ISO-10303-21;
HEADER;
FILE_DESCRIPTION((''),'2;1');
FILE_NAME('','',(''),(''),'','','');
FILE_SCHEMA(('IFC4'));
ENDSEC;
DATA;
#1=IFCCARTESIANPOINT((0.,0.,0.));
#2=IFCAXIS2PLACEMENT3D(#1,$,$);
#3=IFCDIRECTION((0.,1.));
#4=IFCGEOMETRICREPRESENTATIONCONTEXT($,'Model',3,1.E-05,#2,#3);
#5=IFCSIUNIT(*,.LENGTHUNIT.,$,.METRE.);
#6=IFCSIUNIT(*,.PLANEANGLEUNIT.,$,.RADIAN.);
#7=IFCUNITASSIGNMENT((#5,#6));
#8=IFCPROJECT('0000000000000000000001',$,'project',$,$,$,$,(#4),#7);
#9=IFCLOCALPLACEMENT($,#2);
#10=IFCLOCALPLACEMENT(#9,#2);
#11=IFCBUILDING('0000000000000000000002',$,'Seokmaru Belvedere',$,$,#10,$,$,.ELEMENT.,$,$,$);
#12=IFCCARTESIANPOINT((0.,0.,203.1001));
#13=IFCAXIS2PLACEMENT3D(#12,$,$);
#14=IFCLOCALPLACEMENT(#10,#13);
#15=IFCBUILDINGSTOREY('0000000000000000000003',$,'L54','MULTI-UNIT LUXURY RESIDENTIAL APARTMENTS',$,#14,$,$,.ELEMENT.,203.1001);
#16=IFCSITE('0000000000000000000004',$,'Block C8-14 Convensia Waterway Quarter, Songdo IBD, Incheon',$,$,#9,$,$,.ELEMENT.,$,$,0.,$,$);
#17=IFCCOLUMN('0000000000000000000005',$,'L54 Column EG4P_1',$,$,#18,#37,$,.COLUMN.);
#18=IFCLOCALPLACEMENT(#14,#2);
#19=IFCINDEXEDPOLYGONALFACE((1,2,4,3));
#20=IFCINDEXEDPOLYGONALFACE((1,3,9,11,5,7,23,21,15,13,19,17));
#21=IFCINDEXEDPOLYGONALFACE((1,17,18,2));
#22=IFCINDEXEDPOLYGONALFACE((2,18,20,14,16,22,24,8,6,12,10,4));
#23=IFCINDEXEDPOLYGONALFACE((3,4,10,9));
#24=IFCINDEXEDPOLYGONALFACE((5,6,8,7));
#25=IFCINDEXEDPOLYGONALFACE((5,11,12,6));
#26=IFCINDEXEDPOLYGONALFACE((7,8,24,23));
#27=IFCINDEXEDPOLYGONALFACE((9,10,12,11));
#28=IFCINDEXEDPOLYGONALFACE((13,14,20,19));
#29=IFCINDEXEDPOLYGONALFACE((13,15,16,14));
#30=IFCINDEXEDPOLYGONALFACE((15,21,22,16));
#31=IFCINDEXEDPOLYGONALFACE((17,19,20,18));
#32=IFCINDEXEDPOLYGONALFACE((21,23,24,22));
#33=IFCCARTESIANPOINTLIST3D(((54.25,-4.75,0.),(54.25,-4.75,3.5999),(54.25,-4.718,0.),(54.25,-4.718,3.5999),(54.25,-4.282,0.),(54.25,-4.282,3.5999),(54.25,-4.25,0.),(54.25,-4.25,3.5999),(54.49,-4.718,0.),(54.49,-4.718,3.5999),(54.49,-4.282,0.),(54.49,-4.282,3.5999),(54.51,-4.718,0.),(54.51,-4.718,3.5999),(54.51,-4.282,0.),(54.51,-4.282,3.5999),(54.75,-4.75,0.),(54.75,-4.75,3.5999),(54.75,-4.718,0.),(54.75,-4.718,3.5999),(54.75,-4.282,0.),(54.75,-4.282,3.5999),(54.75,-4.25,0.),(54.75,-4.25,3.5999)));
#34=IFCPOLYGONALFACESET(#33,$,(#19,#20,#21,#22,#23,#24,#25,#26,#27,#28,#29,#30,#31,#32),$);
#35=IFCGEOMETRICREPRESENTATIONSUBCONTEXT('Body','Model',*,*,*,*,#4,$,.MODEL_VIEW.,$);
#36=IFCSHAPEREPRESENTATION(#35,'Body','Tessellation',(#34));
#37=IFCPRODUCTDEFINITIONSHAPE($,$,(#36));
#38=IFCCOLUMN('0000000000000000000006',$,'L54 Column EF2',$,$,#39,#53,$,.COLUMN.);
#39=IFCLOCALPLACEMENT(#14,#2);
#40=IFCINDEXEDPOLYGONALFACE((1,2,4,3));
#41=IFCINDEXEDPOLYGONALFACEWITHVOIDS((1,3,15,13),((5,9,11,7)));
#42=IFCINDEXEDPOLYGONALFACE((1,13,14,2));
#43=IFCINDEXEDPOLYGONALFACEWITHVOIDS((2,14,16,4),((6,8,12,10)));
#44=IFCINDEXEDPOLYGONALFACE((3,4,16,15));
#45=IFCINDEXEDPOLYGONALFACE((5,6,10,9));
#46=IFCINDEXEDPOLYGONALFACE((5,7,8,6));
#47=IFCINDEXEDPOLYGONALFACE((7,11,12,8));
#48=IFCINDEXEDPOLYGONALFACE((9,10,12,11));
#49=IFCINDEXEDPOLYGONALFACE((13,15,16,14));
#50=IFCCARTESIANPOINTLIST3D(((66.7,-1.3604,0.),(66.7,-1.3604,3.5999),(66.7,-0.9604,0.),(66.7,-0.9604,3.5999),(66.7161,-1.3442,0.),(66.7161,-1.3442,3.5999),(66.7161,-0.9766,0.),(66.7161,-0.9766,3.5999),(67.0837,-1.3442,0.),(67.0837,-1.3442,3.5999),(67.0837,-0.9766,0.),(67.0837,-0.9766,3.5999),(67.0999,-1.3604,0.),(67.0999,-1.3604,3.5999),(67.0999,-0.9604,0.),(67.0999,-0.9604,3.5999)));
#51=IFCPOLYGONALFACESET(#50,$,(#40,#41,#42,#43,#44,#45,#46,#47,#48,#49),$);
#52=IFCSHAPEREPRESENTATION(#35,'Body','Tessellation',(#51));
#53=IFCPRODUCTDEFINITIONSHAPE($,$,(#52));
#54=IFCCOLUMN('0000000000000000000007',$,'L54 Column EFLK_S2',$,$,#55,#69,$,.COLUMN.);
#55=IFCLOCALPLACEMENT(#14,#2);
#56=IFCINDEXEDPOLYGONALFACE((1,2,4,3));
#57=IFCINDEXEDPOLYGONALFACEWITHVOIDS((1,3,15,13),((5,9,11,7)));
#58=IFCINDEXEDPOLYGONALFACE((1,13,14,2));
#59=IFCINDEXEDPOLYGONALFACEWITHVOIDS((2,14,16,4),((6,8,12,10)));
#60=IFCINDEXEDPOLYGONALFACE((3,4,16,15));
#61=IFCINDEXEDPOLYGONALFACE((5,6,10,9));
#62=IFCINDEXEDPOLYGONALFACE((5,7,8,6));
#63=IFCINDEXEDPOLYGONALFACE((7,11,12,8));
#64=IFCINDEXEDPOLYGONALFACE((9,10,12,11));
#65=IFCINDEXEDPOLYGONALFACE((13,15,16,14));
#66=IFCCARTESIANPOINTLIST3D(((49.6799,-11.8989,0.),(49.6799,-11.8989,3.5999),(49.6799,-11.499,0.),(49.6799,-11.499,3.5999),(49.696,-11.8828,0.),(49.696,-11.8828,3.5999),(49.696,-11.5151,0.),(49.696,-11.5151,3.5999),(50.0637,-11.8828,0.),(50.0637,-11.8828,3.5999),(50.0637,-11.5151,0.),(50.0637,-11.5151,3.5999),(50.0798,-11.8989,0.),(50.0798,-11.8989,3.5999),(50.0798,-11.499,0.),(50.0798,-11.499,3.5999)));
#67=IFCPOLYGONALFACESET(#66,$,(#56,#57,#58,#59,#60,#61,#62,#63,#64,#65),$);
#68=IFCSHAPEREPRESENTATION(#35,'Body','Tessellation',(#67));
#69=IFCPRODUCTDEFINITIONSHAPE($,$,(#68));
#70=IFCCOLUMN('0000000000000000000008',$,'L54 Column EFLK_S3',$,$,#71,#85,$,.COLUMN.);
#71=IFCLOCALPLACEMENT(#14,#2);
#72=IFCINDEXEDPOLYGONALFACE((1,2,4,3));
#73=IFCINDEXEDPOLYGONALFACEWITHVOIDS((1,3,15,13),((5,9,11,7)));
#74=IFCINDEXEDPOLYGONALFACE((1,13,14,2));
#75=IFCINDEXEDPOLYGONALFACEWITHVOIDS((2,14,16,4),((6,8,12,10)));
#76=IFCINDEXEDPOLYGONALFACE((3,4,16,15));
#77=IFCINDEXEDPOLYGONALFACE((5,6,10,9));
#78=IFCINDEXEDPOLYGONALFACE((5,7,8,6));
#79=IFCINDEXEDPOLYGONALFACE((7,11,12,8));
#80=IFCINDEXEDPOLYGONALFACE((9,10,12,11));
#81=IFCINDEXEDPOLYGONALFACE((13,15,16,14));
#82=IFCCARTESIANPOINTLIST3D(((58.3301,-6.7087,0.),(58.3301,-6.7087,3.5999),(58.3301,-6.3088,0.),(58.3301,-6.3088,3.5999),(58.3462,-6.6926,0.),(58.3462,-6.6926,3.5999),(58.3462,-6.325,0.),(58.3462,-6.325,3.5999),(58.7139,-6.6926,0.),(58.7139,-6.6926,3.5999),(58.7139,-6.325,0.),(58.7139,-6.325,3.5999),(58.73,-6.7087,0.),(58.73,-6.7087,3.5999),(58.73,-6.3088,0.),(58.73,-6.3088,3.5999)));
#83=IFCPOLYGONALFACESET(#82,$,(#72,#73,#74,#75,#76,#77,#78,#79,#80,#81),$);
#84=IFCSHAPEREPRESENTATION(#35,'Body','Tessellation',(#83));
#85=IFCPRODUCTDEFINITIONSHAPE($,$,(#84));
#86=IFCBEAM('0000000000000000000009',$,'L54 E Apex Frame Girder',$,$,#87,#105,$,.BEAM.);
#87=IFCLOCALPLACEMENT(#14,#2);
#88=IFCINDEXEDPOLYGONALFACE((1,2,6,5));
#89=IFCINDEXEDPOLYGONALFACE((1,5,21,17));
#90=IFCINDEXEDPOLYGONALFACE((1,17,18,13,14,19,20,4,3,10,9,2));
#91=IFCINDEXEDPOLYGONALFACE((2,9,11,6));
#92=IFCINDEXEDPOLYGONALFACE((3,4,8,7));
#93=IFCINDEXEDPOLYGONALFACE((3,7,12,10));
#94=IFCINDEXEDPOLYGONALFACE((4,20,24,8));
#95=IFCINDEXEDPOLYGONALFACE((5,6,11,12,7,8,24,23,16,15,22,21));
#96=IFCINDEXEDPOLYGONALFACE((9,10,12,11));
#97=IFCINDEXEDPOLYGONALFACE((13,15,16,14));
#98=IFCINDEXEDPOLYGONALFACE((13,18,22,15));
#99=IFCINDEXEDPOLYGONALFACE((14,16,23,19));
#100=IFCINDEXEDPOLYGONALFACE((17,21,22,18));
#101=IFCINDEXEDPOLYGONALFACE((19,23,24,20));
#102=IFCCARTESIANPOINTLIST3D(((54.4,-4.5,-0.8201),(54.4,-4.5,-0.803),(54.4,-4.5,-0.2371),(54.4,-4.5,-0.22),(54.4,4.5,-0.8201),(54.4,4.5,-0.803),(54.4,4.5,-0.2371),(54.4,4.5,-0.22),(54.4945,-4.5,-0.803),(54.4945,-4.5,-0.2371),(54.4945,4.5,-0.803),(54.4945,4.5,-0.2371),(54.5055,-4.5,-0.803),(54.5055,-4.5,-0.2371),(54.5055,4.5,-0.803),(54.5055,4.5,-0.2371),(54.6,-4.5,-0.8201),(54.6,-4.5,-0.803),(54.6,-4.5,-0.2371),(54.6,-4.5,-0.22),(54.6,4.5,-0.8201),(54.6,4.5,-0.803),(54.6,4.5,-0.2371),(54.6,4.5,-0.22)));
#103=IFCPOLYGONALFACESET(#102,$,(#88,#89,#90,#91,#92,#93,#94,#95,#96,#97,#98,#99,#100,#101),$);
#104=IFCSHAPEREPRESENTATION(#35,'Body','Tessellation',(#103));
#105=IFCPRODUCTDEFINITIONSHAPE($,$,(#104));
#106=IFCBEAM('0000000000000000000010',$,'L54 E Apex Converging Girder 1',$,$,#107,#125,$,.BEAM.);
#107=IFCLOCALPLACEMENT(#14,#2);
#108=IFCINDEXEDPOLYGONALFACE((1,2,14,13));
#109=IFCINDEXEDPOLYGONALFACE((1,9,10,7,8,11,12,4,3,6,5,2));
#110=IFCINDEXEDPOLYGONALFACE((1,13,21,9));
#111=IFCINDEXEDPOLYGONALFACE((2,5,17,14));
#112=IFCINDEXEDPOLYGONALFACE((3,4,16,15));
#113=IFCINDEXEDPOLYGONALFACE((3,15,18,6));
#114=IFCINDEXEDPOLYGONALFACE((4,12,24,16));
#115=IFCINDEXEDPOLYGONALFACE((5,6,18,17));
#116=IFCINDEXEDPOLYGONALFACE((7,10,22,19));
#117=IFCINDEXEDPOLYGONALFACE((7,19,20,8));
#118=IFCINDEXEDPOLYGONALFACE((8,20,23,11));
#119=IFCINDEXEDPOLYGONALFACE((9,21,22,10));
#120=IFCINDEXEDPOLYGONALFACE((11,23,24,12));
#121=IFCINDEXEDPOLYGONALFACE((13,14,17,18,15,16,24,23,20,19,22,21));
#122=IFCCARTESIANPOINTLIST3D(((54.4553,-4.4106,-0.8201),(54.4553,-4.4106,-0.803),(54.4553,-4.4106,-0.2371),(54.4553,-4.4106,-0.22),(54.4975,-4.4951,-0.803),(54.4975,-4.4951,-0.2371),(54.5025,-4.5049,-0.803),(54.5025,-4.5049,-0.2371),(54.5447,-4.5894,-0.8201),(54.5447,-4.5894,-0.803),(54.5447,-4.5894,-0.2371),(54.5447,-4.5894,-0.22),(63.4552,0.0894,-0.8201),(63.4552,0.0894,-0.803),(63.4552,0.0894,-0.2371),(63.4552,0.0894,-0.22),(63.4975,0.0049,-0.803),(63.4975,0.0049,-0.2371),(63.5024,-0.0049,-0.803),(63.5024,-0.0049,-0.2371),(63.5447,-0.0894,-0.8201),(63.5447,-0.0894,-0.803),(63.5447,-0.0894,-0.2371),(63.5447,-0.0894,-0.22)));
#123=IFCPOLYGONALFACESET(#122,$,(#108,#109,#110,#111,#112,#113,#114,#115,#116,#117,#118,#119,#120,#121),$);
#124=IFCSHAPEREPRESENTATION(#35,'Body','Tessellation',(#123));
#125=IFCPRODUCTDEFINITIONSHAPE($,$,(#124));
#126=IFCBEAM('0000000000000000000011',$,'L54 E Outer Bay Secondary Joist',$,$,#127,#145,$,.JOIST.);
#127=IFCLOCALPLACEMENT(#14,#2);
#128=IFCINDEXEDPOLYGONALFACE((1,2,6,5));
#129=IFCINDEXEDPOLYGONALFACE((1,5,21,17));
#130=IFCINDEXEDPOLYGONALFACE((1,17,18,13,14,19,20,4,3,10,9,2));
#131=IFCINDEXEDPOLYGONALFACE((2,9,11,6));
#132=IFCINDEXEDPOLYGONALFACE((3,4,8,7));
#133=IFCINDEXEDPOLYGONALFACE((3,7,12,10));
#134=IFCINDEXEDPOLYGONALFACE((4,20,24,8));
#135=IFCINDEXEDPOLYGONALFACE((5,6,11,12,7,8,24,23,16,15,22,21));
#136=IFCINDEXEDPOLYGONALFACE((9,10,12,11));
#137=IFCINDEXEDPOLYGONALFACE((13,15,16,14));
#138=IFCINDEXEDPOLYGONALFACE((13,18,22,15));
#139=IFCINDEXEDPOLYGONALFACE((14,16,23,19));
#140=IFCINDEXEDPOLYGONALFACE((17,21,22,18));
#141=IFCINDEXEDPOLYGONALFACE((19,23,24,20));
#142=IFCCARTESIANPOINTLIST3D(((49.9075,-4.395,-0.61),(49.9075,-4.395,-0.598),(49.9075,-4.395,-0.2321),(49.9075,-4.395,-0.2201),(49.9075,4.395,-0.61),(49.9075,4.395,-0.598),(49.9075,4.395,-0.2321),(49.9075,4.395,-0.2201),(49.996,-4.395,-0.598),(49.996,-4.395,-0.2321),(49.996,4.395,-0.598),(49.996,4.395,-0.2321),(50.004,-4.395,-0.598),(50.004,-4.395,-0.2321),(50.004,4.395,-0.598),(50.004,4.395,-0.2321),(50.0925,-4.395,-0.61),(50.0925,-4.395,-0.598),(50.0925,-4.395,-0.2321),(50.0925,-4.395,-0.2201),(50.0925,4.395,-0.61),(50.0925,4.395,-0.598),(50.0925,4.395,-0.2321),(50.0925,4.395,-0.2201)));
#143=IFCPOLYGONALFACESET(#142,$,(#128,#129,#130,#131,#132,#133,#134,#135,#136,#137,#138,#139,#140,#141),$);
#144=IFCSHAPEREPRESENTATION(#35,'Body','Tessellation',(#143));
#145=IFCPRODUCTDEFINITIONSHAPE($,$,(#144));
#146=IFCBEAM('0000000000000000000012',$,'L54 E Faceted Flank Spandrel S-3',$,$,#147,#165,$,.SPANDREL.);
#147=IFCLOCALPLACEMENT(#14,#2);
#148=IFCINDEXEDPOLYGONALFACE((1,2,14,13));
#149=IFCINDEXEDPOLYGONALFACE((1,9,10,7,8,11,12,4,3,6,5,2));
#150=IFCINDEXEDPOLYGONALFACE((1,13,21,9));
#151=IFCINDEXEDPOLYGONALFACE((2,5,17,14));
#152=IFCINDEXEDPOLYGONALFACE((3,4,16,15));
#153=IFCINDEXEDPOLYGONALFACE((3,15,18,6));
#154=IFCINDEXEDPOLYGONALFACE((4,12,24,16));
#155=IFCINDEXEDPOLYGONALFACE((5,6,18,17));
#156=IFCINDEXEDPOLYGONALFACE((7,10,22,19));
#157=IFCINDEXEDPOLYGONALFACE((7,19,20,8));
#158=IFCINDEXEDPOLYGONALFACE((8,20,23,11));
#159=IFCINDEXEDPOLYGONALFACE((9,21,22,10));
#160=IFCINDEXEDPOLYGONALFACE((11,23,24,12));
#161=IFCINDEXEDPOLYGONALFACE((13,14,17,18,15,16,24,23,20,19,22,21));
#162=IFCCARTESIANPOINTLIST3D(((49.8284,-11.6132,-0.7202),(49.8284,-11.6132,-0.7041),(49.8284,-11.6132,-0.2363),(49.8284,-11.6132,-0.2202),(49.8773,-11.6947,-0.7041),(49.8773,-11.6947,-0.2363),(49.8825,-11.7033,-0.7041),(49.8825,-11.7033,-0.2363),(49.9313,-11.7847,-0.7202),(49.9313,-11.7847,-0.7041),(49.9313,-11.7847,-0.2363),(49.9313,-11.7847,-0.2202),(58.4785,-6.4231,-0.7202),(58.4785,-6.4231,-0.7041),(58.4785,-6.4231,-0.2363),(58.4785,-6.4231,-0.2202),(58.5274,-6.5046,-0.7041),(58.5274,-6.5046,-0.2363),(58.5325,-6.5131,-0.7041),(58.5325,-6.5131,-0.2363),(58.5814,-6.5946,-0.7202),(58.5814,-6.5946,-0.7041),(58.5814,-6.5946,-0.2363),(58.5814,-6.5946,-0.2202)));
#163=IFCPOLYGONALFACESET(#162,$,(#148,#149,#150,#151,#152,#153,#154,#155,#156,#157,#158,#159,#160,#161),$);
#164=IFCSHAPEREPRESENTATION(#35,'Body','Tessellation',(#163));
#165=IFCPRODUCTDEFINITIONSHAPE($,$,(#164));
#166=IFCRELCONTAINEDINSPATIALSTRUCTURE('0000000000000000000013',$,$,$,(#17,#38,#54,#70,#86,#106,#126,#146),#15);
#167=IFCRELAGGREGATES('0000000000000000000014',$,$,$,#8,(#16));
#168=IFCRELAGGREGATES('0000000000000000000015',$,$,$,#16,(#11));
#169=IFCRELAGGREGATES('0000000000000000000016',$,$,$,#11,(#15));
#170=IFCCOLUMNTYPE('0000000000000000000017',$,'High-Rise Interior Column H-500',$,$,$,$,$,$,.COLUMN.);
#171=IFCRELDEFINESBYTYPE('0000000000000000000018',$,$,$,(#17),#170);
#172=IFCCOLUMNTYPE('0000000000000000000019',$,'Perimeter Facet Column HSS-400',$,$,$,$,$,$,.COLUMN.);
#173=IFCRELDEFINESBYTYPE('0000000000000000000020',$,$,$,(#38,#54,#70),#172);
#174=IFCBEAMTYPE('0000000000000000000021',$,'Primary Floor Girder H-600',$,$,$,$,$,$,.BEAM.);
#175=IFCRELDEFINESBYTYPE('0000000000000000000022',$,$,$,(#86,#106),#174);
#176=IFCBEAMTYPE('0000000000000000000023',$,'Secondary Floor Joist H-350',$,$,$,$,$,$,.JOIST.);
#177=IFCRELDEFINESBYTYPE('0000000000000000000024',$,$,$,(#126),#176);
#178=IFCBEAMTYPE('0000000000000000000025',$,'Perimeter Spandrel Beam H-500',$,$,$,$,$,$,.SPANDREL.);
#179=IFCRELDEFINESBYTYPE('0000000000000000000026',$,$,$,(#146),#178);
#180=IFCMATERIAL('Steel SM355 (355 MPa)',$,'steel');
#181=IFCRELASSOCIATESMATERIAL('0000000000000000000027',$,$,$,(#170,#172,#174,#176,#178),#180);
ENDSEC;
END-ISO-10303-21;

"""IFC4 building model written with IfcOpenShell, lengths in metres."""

from ifc_helpers import new_model, si_unit, direction, frame, origin, origin_2d, place, context, subcontext, project, spatial, hollow_rectangle, i_section, extrude, source, transform, mapped, material, material_profile, profile_set, type_object, type_shapes, element, save


model = new_model("IFC4")

# Units and contexts
model_context = context("Model", 3, precision=1e-05, world=origin(), true_north=direction((0.0, 1.0)))
body_context = subcontext(model_context, "Body", "Model", "MODEL_VIEW")
ifc_project = project(units=[si_unit("LENGTHUNIT", "METRE"), si_unit("PLANEANGLEUNIT", "RADIAN")], contexts=[model_context])

# Site, building, storey
site_placement = place(None, origin())
site = spatial("IfcSite", under=ifc_project, at=site_placement, Name="Block C8-14 Convensia Waterway Quarter, Songdo IBD, Incheon", CompositionType="ELEMENT", RefElevation=0.0)
building_placement = place(site_placement, origin())
building = spatial("IfcBuilding", under=site, at=building_placement, Name="Seokmaru Belvedere", CompositionType="ELEMENT")
storey_placement = place(building_placement, frame((0.0, 0.0, 203.1001)))
storey = spatial("IfcBuildingStorey", under=building, at=storey_placement, Name="L54", Description="MULTI-UNIT LUXURY RESIDENTIAL APARTMENTS", CompositionType="ELEMENT", Elevation=203.1001)

# Columns
ifc_material_1 = material(Name="Steel SM355 (355 MPa)", Category="steel")
ifc_material_profile_1 = material_profile(ifc_material_1, i_section(OverallWidth=0.5, OverallDepth=0.5, WebThickness=0.02, FlangeThickness=0.032, at=origin_2d()), Name="H-500x500x20x32")
ifc_profile_set_1 = profile_set([ifc_material_profile_1], Name="Steel SM355 (355 MPa)")
column_type_1 = type_object("IfcColumnType", Name="High-Rise Interior Column H-500", PredefinedType="COLUMN", material=ifc_profile_set_1)
shared_shape_1 = source(origin(), body_context, "Body", "SweptSolid", [
    extrude(i_section(OverallWidth=0.5, OverallDepth=0.5, WebThickness=0.02, FlangeThickness=0.032, at=origin_2d()), origin(), (0.0, 0.0, 1.0), 3.5999),
])
type_shapes(column_type_1, [shared_shape_1])
column_placement = place(storey_placement, frame((54.5, -4.5, 0.0), z_axis=(0.0, 0.0, 1.0), x_axis=(1.0, 0.0, 0.0)))
element("IfcColumn", 1, at=column_placement, inside=storey, type_object=column_type_1, Name="L54 Column EG4P_1", PredefinedType="COLUMN", context=body_context, shape_type="MappedRepresentation", body=[
    mapped(shared_shape_1, transform((0.0, 0.0, 0.0), scale=1.0)),
])
ifc_material_profile_2 = material_profile(ifc_material_1, hollow_rectangle(XDim=0.3999, YDim=0.3999, WallThickness=0.0161, at=origin_2d()), Name="HSS-400x400x16")
ifc_profile_set_2 = profile_set([ifc_material_profile_2], Name="Steel SM355 (355 MPa)")
column_type_2 = type_object("IfcColumnType", Name="Perimeter Facet Column HSS-400", PredefinedType="COLUMN", material=ifc_profile_set_2)
shared_shape_2 = source(origin(), body_context, "Body", "SweptSolid", [
    extrude(hollow_rectangle(XDim=0.3999, YDim=0.3999, WallThickness=0.0161, at=origin_2d()), origin(), (0.0, 0.0, 1.0), 3.5999),
])
type_shapes(column_type_2, [shared_shape_2])
for number, where, z_axis, x_axis, name in (
    (2, (66.8999, -1.1604, 0.0), (0.0, 0.0, 1.0), (1.0, 0.0, 0.0), "L54 Column EF2"),
    (3, (49.8799, -11.699, 0.0), (0.0, 0.0, 1.0), (1.0, 0.0, 0.0), "L54 Column EFLK_S2"),
    (4, (58.53, -6.5088, 0.0), (0.0, 0.0, 1.0), (1.0, 0.0, 0.0), "L54 Column EFLK_S3"),
):
    element("IfcColumn", number, at=place(storey_placement, frame(where, z_axis=z_axis, x_axis=x_axis)), inside=storey, type_object=column_type_2, Name=name, PredefinedType="COLUMN", context=body_context, shape_type="MappedRepresentation", body=[
        mapped(shared_shape_2, transform((0.0, 0.0, 0.0), scale=1.0)),
    ])

# Beams
ifc_material_profile_3 = material_profile(ifc_material_1, i_section(OverallWidth=0.2, OverallDepth=0.6001, WebThickness=0.011, FlangeThickness=0.0171, at=origin_2d()), Name="H-600x200x11x17")
ifc_profile_set_3 = profile_set([ifc_material_profile_3], Name="Steel SM355 (355 MPa)")
beam_type_1 = type_object("IfcBeamType", Name="Primary Floor Girder H-600", PredefinedType="BEAM", material=ifc_profile_set_3)
shared_shape_3 = source(origin(), body_context, "Body", "SweptSolid", [
    extrude(i_section(OverallWidth=0.2, OverallDepth=0.6001, WebThickness=0.011, FlangeThickness=0.0171, at=origin_2d()), origin(), (0.0, 0.0, 1.0), 9.0),
])
beam_1_placement = place(storey_placement, frame((54.5, -4.5, -0.52), z_axis=(0.0, 1.0, 0.0), x_axis=(-1.0, 0.0, 0.0)))
element("IfcBeam", 5, at=beam_1_placement, inside=storey, type_object=beam_type_1, Name="L54 E Apex Frame Girder", PredefinedType="BEAM", context=body_context, shape_type="MappedRepresentation", body=[
    mapped(shared_shape_3, transform((0.0, 0.0, 0.0), scale=1.0)),
])
shared_shape_4 = source(origin(), body_context, "Body", "SweptSolid", [
    extrude(i_section(OverallWidth=0.2, OverallDepth=0.6001, WebThickness=0.011, FlangeThickness=0.0171, at=origin_2d()), origin(), (0.0, 0.0, 1.0), 10.0623),
])
beam_2_placement = place(storey_placement, frame((54.5, -4.5, -0.52), z_axis=(0.894427, 0.447214, 0.0), x_axis=(-0.447214, 0.894427, 0.0)))
element("IfcBeam", 6, at=beam_2_placement, inside=storey, type_object=beam_type_1, Name="L54 E Apex Converging Girder 1", PredefinedType="BEAM", context=body_context, shape_type="MappedRepresentation", body=[
    mapped(shared_shape_4, transform((0.0, 0.0, 0.0), scale=1.0)),
])
ifc_material_profile_4 = material_profile(ifc_material_1, i_section(OverallWidth=0.1851, OverallDepth=0.3899, WebThickness=0.0081, FlangeThickness=0.012, at=origin_2d()), Name="H-390x185x8x12")
ifc_profile_set_4 = profile_set([ifc_material_profile_4], Name="Steel SM355 (355 MPa)")
beam_type_2 = type_object("IfcBeamType", Name="Secondary Floor Joist H-350", PredefinedType="JOIST", material=ifc_profile_set_4)
shared_shape_5 = source(origin(), body_context, "Body", "SweptSolid", [
    extrude(i_section(OverallWidth=0.1851, OverallDepth=0.3899, WebThickness=0.0081, FlangeThickness=0.012, at=origin_2d()), origin(), (0.0, 0.0, 1.0), 8.79),
])
type_shapes(beam_type_2, [shared_shape_5])
beam_3_placement = place(storey_placement, frame((50.0, -4.395, -0.415), z_axis=(0.0, 1.0, 0.0), x_axis=(-1.0, 0.0, 0.0)))
element("IfcBeam", 7, at=beam_3_placement, inside=storey, type_object=beam_type_2, Name="L54 E Outer Bay Secondary Joist", PredefinedType="JOIST", context=body_context, shape_type="MappedRepresentation", body=[
    mapped(shared_shape_5, transform((0.0, 0.0, 0.0), scale=1.0)),
])
ifc_material_profile_5 = material_profile(ifc_material_1, i_section(OverallWidth=0.2, OverallDepth=0.5, WebThickness=0.01, FlangeThickness=0.0161, at=origin_2d()), Name="H-500x200x10x16")
ifc_profile_set_5 = profile_set([ifc_material_profile_5], Name="Steel SM355 (355 MPa)")
beam_type_3 = type_object("IfcBeamType", Name="Perimeter Spandrel Beam H-500", PredefinedType="SPANDREL", material=ifc_profile_set_5)
shared_shape_6 = source(origin(), body_context, "Body", "SweptSolid", [
    extrude(i_section(OverallWidth=0.2, OverallDepth=0.5, WebThickness=0.01, FlangeThickness=0.0161, at=origin_2d()), origin(), (0.0, 0.0, 1.0), 10.0876),
])
beam_4_placement = place(storey_placement, frame((49.8799, -11.699, -0.4702), z_axis=(0.857489, 0.514503, 0.0), x_axis=(-0.514503, 0.857489, 0.0)))
element("IfcBeam", 8, at=beam_4_placement, inside=storey, type_object=beam_type_3, Name="L54 E Faceted Flank Spandrel S-3", PredefinedType="SPANDREL", context=body_context, shape_type="MappedRepresentation", body=[
    mapped(shared_shape_6, transform((0.0, 0.0, 0.0), scale=1.0)),
])

save(model, "model.ifc")
